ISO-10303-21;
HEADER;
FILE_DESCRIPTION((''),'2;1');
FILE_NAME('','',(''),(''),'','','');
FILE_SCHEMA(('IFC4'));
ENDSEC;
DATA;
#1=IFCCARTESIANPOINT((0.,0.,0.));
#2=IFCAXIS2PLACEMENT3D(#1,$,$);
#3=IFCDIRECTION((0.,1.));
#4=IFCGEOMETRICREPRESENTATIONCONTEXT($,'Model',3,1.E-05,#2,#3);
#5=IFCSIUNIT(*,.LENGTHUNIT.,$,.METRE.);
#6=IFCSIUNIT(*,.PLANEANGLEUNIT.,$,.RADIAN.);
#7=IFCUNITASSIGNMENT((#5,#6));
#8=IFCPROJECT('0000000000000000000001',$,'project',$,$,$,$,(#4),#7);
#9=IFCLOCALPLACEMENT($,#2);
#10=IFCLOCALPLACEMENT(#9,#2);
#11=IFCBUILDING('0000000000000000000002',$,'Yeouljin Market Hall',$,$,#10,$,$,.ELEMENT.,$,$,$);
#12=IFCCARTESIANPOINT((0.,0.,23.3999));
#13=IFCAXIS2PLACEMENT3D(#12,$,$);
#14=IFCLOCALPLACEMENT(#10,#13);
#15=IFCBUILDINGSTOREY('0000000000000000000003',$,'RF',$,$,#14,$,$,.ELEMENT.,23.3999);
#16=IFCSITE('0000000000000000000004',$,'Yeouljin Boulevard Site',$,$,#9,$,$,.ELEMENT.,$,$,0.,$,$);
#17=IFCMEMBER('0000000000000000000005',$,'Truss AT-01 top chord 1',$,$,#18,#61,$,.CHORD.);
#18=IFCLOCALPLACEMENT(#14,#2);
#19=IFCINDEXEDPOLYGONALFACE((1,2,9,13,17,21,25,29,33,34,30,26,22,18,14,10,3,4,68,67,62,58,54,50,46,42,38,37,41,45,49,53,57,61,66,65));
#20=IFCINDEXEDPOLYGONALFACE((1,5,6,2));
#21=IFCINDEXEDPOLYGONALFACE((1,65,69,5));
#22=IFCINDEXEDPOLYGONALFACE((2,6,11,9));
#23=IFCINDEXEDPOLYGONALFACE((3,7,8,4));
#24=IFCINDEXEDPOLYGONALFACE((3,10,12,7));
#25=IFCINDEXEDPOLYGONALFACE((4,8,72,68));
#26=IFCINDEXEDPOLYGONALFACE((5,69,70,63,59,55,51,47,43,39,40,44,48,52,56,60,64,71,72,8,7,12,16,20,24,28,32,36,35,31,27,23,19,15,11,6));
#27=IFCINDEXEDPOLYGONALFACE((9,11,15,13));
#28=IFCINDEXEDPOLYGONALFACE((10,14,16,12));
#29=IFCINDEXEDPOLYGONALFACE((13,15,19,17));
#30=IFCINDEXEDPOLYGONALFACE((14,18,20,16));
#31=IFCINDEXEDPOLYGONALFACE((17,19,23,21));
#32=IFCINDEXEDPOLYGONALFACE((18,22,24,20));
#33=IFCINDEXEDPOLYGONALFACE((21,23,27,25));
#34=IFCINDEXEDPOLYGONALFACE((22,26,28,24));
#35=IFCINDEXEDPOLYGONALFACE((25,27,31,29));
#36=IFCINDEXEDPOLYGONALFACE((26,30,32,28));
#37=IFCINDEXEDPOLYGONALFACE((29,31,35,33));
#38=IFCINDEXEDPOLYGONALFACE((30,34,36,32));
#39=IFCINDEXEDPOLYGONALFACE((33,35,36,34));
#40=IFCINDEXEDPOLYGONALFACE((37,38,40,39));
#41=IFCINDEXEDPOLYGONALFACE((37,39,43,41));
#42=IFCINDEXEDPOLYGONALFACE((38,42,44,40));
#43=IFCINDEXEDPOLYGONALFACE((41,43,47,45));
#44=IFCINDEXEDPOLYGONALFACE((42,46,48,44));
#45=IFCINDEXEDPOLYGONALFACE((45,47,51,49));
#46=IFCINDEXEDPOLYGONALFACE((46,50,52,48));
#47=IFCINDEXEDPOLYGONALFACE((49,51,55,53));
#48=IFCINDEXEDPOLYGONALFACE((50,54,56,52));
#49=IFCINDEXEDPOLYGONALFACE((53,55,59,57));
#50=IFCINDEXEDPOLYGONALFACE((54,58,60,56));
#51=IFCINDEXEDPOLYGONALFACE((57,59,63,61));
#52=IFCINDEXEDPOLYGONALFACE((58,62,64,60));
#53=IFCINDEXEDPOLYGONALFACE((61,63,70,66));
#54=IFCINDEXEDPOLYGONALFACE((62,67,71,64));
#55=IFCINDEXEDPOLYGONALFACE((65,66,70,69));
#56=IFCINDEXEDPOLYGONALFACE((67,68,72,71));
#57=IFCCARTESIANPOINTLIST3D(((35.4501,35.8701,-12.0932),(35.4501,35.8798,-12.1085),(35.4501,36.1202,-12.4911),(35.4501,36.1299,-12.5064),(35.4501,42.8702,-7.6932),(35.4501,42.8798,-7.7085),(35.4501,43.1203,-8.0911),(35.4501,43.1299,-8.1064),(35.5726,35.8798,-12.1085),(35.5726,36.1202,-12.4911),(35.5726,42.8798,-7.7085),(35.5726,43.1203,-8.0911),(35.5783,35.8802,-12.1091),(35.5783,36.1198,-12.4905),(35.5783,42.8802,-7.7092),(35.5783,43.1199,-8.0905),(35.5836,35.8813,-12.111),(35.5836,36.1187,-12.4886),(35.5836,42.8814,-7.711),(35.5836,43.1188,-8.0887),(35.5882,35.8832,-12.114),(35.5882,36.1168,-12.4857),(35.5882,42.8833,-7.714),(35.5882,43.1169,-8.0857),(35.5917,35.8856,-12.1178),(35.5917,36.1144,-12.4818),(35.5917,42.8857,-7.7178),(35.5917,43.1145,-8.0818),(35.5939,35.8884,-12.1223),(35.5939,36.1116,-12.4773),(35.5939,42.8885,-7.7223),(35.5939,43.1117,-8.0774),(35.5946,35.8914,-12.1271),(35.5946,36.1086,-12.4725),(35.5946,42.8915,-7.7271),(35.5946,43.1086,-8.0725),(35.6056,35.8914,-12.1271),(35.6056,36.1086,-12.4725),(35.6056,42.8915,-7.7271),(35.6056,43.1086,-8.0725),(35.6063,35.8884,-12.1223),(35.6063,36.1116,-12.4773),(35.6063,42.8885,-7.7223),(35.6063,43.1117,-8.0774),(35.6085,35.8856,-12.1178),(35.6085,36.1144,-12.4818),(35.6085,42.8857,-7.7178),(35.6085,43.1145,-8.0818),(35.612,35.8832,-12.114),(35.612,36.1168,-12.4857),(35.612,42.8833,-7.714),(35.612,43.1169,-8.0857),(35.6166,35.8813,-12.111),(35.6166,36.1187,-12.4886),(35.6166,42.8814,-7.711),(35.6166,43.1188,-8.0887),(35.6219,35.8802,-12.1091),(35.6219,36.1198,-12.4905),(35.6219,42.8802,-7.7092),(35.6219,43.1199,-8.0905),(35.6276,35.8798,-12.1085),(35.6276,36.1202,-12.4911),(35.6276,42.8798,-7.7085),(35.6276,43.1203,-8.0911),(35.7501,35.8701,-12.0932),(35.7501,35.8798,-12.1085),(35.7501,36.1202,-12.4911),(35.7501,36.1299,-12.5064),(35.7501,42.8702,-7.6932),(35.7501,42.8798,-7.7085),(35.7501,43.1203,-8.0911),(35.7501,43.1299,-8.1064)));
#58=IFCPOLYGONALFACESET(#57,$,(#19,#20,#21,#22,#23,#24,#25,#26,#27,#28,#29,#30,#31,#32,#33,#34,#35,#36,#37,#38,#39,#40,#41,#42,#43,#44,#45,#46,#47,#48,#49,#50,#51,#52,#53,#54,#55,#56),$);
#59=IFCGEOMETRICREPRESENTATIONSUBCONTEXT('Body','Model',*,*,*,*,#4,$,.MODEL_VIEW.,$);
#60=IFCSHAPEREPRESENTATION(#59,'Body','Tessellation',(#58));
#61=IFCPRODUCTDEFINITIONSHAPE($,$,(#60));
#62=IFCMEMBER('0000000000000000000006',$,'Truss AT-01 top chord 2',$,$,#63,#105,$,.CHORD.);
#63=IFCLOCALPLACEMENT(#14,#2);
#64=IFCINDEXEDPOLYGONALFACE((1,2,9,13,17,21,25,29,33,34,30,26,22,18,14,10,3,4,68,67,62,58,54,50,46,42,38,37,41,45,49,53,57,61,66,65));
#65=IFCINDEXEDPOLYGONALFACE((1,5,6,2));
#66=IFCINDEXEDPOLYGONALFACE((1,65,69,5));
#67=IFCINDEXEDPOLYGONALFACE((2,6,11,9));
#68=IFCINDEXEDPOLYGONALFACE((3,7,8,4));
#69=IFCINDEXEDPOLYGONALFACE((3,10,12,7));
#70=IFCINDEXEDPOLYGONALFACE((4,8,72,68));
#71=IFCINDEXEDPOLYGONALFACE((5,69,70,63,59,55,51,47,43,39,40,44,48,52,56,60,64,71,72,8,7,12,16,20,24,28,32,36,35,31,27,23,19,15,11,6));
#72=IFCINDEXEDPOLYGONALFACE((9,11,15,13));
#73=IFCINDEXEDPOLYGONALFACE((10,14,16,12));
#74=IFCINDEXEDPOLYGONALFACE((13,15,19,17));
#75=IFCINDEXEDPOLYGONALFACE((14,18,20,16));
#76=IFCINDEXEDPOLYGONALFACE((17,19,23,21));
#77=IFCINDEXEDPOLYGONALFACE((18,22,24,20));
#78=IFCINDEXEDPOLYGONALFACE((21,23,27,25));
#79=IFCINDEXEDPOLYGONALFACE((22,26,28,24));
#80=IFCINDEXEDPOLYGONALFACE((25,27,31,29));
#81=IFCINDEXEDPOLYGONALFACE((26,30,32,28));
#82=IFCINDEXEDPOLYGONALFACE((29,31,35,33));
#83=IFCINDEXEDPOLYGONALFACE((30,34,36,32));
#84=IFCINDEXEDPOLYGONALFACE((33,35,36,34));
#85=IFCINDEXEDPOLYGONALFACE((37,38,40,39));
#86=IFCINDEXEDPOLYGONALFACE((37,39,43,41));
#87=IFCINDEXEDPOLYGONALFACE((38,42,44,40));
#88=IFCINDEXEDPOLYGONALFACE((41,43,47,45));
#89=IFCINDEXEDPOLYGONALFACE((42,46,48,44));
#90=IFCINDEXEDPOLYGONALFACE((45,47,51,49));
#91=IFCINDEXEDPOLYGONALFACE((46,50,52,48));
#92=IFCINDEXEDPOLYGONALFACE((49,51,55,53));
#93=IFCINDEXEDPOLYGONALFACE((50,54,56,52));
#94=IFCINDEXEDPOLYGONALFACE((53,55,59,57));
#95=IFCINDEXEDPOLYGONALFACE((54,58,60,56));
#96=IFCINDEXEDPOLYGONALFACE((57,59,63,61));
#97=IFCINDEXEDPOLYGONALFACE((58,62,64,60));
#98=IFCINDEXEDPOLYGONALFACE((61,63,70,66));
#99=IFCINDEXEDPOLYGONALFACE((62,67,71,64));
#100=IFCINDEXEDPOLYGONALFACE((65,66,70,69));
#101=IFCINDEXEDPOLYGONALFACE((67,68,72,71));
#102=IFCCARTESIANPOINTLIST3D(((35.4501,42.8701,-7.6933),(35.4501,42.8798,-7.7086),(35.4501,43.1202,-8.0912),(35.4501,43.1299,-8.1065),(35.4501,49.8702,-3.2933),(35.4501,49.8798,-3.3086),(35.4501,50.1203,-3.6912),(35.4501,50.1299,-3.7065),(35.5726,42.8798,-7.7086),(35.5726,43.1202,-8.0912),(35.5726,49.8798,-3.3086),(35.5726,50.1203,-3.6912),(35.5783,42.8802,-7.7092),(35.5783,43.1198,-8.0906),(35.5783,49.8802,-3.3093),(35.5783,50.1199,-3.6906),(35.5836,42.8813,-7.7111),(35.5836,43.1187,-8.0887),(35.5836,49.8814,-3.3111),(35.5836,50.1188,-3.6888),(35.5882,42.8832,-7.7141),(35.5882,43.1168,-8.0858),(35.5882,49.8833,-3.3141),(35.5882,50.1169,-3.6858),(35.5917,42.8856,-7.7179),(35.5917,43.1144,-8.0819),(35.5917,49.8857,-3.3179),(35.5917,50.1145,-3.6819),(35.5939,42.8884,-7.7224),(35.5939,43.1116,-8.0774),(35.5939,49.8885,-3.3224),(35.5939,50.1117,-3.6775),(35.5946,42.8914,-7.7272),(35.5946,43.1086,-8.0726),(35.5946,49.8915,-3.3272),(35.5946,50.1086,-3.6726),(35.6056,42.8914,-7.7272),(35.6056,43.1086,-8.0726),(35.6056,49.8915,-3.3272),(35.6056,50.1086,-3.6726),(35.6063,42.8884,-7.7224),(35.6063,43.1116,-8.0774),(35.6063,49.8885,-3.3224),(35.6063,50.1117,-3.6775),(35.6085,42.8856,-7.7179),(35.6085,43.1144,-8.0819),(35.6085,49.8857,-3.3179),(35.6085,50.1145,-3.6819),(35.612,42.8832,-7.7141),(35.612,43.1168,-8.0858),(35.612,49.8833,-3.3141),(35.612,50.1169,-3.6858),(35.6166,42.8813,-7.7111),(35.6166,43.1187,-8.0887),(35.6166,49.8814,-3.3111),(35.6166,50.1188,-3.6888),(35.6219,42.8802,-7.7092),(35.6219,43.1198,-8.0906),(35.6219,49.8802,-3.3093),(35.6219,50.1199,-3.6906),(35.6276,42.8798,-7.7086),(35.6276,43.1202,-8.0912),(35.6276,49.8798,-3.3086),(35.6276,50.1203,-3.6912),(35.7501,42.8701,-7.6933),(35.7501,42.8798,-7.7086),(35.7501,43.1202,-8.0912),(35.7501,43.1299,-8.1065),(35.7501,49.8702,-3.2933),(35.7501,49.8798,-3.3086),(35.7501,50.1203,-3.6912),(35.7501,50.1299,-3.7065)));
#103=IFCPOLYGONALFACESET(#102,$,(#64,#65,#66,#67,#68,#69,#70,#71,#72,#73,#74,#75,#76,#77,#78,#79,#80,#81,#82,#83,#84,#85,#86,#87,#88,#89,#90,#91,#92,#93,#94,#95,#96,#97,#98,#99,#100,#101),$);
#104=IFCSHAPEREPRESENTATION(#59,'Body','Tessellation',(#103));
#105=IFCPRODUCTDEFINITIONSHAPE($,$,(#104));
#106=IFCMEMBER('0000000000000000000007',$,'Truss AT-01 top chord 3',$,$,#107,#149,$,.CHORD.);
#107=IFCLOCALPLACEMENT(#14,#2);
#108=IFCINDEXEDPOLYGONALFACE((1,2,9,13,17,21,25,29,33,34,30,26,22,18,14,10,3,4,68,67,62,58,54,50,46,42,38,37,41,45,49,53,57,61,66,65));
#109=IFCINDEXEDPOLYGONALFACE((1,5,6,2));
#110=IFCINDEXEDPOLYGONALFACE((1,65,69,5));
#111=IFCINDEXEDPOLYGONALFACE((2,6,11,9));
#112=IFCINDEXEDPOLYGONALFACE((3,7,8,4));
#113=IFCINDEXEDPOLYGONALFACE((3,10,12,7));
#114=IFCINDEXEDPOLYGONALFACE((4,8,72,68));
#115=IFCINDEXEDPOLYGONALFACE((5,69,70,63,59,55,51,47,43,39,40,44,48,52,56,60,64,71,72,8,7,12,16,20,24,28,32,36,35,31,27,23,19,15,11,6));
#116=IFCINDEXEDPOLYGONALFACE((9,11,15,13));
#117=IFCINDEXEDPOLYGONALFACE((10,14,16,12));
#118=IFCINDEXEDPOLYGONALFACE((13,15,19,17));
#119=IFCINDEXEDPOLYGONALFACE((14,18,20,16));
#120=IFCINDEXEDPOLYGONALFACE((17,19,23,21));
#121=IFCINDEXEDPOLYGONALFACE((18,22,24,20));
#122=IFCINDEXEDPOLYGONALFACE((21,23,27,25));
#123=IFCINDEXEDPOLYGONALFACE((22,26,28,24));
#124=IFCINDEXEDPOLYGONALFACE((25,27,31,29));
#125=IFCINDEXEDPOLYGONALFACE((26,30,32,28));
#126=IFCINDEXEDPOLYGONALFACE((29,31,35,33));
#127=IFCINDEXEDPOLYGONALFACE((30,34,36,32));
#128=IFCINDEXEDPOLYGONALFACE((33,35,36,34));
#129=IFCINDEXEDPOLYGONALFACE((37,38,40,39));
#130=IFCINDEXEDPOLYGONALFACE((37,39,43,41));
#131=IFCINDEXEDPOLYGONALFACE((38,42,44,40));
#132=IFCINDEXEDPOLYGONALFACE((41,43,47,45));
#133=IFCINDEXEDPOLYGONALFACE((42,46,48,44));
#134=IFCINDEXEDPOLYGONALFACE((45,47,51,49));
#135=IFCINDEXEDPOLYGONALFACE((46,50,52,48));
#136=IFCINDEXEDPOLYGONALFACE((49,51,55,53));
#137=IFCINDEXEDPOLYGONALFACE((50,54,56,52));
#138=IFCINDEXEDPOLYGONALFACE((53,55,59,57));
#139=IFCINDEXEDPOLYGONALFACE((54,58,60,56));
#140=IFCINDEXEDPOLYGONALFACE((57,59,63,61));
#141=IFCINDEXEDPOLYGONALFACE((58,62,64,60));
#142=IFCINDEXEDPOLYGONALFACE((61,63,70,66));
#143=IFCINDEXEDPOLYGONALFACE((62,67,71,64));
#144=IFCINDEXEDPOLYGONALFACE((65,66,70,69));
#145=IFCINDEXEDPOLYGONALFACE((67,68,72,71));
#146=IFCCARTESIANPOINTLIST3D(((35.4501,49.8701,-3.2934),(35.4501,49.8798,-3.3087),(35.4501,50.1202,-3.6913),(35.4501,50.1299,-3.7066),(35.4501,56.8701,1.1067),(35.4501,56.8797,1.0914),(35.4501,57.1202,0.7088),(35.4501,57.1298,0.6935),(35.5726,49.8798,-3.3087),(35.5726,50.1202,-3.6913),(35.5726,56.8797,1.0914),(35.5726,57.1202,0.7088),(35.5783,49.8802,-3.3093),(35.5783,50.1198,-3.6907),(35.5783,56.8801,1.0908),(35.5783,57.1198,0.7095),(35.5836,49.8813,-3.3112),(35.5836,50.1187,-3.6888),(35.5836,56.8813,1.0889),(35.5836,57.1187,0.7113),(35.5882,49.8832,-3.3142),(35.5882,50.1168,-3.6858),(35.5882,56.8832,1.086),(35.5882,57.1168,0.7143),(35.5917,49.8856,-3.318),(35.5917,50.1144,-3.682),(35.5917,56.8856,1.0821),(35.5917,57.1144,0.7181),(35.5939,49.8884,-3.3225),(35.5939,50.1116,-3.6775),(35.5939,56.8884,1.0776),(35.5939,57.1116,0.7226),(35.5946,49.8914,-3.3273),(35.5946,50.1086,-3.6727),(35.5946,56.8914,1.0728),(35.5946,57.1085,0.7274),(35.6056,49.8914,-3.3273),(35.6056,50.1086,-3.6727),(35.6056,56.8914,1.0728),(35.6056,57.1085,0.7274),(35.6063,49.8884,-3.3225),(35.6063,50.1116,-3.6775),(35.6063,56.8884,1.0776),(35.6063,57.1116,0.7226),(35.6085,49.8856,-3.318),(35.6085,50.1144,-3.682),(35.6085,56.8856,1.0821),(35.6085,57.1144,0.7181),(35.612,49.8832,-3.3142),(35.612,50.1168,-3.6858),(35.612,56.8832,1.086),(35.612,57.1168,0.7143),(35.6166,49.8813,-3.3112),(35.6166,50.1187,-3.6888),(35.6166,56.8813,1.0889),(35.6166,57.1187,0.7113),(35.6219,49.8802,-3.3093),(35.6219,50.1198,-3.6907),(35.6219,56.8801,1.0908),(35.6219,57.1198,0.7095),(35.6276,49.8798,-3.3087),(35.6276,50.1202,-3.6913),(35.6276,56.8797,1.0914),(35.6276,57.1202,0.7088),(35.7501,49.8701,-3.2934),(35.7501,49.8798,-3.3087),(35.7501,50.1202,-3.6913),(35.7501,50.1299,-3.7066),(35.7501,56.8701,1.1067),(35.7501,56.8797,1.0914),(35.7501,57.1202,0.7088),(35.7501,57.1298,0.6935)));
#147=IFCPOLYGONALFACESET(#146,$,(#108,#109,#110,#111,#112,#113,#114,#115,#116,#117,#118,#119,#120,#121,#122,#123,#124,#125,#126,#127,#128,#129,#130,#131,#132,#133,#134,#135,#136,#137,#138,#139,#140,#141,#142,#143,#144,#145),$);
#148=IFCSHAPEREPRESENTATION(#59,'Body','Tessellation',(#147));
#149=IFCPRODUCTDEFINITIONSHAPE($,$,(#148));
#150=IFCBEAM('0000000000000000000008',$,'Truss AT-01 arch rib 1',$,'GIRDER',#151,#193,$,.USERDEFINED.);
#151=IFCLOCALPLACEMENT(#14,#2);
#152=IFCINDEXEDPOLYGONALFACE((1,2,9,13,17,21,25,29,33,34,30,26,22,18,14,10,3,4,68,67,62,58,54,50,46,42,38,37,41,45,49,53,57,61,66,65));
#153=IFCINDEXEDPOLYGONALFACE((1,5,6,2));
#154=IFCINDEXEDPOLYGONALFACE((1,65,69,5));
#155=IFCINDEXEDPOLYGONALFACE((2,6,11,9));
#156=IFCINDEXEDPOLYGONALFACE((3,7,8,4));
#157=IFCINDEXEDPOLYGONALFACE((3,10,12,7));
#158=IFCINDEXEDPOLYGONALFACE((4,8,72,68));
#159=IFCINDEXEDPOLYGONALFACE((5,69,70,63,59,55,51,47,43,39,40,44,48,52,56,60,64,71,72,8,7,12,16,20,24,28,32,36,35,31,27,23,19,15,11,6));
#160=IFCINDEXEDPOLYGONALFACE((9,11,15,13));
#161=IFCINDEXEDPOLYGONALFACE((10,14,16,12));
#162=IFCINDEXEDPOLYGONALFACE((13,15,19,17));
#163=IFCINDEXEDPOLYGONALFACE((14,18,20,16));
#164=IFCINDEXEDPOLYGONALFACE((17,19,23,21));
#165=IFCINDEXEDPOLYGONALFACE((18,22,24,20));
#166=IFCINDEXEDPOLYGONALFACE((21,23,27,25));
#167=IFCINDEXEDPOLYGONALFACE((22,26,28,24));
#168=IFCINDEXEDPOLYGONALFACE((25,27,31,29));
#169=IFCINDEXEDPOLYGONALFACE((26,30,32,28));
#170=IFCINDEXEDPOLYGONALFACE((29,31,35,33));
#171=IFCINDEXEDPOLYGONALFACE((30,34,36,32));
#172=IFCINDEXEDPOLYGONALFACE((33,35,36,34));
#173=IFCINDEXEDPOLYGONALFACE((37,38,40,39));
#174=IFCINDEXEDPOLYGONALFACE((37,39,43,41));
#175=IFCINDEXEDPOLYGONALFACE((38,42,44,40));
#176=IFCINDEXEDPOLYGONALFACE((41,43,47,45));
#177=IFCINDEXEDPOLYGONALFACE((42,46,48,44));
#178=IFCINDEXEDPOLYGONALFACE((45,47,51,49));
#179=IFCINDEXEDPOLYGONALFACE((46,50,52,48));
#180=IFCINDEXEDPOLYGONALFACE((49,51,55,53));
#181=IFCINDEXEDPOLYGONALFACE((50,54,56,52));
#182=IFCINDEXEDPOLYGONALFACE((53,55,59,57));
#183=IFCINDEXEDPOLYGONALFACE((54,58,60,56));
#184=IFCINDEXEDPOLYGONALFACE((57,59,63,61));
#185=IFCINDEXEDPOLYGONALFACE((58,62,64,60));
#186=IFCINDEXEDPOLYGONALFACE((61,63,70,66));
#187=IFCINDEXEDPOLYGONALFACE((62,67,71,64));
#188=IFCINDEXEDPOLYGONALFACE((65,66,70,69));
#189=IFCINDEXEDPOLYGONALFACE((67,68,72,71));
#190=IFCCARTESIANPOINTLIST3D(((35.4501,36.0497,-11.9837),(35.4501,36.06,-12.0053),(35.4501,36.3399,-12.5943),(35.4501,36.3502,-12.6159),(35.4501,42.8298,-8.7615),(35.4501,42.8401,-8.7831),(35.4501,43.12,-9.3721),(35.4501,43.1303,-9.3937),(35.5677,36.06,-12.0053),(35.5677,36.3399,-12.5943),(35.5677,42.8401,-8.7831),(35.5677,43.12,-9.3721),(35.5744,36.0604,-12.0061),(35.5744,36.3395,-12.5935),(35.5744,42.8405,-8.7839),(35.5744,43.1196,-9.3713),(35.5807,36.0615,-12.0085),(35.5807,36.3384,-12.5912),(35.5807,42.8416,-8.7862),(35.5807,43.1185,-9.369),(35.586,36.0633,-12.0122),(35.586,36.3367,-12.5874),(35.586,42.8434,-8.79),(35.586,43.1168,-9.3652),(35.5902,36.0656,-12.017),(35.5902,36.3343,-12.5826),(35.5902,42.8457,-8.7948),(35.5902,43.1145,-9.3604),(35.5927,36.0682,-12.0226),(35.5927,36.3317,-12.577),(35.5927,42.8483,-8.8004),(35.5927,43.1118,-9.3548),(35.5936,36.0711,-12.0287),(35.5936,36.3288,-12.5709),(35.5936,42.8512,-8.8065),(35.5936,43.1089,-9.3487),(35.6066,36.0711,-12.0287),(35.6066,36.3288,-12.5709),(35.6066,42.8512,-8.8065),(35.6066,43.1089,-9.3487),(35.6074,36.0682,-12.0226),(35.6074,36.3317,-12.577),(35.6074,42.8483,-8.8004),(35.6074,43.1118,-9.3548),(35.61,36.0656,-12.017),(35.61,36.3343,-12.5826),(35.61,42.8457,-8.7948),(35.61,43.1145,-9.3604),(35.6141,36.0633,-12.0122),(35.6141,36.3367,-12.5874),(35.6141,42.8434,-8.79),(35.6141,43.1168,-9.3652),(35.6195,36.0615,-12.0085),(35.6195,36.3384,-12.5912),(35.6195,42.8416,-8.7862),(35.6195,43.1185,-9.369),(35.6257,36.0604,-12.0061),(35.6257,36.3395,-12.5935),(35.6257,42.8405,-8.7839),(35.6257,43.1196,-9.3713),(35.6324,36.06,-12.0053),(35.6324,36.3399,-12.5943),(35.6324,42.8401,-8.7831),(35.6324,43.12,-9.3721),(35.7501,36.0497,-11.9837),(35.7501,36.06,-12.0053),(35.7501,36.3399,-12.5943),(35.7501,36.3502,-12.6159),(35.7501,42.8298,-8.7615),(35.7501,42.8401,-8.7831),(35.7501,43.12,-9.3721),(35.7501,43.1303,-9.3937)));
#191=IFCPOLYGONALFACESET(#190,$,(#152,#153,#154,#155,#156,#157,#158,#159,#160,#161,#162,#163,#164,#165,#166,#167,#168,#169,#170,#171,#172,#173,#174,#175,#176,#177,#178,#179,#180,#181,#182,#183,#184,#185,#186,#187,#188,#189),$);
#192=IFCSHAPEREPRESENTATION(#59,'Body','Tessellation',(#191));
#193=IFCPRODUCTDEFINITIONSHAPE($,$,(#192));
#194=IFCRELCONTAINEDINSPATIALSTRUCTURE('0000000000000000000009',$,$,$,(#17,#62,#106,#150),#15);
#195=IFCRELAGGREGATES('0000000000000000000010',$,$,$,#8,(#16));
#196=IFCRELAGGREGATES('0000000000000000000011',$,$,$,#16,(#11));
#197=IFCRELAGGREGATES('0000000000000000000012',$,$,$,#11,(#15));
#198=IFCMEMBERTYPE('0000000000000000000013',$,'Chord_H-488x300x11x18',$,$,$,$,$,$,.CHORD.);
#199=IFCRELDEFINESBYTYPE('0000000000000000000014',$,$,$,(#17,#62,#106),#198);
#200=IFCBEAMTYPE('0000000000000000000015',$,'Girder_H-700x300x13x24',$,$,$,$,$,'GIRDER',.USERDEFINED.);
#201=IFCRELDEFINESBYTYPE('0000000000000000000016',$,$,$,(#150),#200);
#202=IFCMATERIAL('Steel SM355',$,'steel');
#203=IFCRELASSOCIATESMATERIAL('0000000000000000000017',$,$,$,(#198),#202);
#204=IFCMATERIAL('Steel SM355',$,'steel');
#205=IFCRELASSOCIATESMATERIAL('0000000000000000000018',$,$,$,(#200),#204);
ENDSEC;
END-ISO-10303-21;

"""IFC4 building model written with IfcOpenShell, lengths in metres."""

from ifc_helpers import new_model, si_unit, direction, frame, origin, origin_2d, place, context, subcontext, project, spatial, i_section, extrude, material, material_profile, profile_set, type_object, element, save


model = new_model("IFC4")

# Units and contexts
model_context = context("Model", 3, precision=1e-05, world=origin(), true_north=direction((0.0, 1.0)))
body_context = subcontext(model_context, "Body", "Model", "MODEL_VIEW")
ifc_project = project(units=[si_unit("LENGTHUNIT", "METRE"), si_unit("PLANEANGLEUNIT", "RADIAN")], contexts=[model_context])

# Site, building, storey
site_placement = place(None, origin())
site = spatial("IfcSite", under=ifc_project, at=site_placement, Name="Yeouljin Boulevard Site", CompositionType="ELEMENT", RefElevation=0.0)
building_placement = place(site_placement, origin())
building = spatial("IfcBuilding", under=site, at=building_placement, Name="Yeouljin Market Hall", CompositionType="ELEMENT")
storey_placement = place(building_placement, frame((0.0, 0.0, 23.3999)))
storey = spatial("IfcBuildingStorey", under=building, at=storey_placement, Name="RF", CompositionType="ELEMENT", Elevation=23.3999)

# Members
ifc_material_1 = material(Name="Steel SM355", Category="steel")
ifc_material_profile_1 = material_profile(ifc_material_1, i_section(OverallWidth=0.3, OverallDepth=0.488, WebThickness=0.011, FlangeThickness=0.0181, FilletRadius=0.022, at=origin_2d()), Name="H-488x300x11x18")
ifc_profile_set_1 = profile_set([ifc_material_profile_1], Name="Steel SM355")
member_type_1 = type_object("IfcMemberType", Name="Chord_H-488x300x11x18", PredefinedType="CHORD", material=ifc_profile_set_1)
for number, where, z_axis, x_axis, name in (
    (1, (35.6001, 36.0, -12.2998), (0.0, 0.846642, 0.532163), (-1.0, 0.0, 0.0), "Truss AT-01 top chord 1"),
    (2, (35.6001, 43.0, -7.8999), (0.0, 0.846642, 0.532163), (-1.0, 0.0, 0.0), "Truss AT-01 top chord 2"),
    (3, (35.6001, 50.0, -3.5), (0.0, 0.846629, 0.532184), (-1.0, 0.0, 0.0), "Truss AT-01 top chord 3"),
):
    element("IfcMember", number, at=place(storey_placement, frame(where, z_axis=z_axis, x_axis=x_axis)), inside=storey, type_object=member_type_1, Name=name, PredefinedType="CHORD", context=body_context, shape_type="SweptSolid", body=[
        extrude(i_section(OverallWidth=0.3, OverallDepth=0.488, WebThickness=0.011, FlangeThickness=0.0181, FilletRadius=0.022, at=origin_2d()), origin(), (0.0, 0.0, 1.0), 8.2681),
    ])

# Beam
ifc_material_2 = material(Name="Steel SM355", Category="steel")
ifc_material_profile_2 = material_profile(ifc_material_2, i_section(OverallWidth=0.3, OverallDepth=0.7, WebThickness=0.0129, FlangeThickness=0.0239, FilletRadius=0.0259, at=origin_2d()), Name="H-700x300x13x24")
ifc_profile_set_2 = profile_set([ifc_material_profile_2], Name="Steel SM355")
beam_type_1 = type_object("IfcBeamType", Name="Girder_H-700x300x13x24", ElementType="GIRDER", PredefinedType="USERDEFINED", material=ifc_profile_set_2)
beam_1_placement = place(storey_placement, frame((35.6001, 36.2, -12.2998), z_axis=(0.0, 0.903192, 0.429237), x_axis=(-1.0, 0.0, 0.0)))
element("IfcBeam", 4, at=beam_1_placement, inside=storey, type_object=beam_type_1, Name="Truss AT-01 arch rib 1", ObjectType="GIRDER", PredefinedType="USERDEFINED", context=body_context, shape_type="SweptSolid", body=[
    extrude(i_section(OverallWidth=0.3, OverallDepth=0.7, WebThickness=0.0129, FlangeThickness=0.0239, FilletRadius=0.0259, at=origin_2d()), origin(), (0.0, 0.0, 1.0), 7.5068),
])

save(model, "model.ifc")
